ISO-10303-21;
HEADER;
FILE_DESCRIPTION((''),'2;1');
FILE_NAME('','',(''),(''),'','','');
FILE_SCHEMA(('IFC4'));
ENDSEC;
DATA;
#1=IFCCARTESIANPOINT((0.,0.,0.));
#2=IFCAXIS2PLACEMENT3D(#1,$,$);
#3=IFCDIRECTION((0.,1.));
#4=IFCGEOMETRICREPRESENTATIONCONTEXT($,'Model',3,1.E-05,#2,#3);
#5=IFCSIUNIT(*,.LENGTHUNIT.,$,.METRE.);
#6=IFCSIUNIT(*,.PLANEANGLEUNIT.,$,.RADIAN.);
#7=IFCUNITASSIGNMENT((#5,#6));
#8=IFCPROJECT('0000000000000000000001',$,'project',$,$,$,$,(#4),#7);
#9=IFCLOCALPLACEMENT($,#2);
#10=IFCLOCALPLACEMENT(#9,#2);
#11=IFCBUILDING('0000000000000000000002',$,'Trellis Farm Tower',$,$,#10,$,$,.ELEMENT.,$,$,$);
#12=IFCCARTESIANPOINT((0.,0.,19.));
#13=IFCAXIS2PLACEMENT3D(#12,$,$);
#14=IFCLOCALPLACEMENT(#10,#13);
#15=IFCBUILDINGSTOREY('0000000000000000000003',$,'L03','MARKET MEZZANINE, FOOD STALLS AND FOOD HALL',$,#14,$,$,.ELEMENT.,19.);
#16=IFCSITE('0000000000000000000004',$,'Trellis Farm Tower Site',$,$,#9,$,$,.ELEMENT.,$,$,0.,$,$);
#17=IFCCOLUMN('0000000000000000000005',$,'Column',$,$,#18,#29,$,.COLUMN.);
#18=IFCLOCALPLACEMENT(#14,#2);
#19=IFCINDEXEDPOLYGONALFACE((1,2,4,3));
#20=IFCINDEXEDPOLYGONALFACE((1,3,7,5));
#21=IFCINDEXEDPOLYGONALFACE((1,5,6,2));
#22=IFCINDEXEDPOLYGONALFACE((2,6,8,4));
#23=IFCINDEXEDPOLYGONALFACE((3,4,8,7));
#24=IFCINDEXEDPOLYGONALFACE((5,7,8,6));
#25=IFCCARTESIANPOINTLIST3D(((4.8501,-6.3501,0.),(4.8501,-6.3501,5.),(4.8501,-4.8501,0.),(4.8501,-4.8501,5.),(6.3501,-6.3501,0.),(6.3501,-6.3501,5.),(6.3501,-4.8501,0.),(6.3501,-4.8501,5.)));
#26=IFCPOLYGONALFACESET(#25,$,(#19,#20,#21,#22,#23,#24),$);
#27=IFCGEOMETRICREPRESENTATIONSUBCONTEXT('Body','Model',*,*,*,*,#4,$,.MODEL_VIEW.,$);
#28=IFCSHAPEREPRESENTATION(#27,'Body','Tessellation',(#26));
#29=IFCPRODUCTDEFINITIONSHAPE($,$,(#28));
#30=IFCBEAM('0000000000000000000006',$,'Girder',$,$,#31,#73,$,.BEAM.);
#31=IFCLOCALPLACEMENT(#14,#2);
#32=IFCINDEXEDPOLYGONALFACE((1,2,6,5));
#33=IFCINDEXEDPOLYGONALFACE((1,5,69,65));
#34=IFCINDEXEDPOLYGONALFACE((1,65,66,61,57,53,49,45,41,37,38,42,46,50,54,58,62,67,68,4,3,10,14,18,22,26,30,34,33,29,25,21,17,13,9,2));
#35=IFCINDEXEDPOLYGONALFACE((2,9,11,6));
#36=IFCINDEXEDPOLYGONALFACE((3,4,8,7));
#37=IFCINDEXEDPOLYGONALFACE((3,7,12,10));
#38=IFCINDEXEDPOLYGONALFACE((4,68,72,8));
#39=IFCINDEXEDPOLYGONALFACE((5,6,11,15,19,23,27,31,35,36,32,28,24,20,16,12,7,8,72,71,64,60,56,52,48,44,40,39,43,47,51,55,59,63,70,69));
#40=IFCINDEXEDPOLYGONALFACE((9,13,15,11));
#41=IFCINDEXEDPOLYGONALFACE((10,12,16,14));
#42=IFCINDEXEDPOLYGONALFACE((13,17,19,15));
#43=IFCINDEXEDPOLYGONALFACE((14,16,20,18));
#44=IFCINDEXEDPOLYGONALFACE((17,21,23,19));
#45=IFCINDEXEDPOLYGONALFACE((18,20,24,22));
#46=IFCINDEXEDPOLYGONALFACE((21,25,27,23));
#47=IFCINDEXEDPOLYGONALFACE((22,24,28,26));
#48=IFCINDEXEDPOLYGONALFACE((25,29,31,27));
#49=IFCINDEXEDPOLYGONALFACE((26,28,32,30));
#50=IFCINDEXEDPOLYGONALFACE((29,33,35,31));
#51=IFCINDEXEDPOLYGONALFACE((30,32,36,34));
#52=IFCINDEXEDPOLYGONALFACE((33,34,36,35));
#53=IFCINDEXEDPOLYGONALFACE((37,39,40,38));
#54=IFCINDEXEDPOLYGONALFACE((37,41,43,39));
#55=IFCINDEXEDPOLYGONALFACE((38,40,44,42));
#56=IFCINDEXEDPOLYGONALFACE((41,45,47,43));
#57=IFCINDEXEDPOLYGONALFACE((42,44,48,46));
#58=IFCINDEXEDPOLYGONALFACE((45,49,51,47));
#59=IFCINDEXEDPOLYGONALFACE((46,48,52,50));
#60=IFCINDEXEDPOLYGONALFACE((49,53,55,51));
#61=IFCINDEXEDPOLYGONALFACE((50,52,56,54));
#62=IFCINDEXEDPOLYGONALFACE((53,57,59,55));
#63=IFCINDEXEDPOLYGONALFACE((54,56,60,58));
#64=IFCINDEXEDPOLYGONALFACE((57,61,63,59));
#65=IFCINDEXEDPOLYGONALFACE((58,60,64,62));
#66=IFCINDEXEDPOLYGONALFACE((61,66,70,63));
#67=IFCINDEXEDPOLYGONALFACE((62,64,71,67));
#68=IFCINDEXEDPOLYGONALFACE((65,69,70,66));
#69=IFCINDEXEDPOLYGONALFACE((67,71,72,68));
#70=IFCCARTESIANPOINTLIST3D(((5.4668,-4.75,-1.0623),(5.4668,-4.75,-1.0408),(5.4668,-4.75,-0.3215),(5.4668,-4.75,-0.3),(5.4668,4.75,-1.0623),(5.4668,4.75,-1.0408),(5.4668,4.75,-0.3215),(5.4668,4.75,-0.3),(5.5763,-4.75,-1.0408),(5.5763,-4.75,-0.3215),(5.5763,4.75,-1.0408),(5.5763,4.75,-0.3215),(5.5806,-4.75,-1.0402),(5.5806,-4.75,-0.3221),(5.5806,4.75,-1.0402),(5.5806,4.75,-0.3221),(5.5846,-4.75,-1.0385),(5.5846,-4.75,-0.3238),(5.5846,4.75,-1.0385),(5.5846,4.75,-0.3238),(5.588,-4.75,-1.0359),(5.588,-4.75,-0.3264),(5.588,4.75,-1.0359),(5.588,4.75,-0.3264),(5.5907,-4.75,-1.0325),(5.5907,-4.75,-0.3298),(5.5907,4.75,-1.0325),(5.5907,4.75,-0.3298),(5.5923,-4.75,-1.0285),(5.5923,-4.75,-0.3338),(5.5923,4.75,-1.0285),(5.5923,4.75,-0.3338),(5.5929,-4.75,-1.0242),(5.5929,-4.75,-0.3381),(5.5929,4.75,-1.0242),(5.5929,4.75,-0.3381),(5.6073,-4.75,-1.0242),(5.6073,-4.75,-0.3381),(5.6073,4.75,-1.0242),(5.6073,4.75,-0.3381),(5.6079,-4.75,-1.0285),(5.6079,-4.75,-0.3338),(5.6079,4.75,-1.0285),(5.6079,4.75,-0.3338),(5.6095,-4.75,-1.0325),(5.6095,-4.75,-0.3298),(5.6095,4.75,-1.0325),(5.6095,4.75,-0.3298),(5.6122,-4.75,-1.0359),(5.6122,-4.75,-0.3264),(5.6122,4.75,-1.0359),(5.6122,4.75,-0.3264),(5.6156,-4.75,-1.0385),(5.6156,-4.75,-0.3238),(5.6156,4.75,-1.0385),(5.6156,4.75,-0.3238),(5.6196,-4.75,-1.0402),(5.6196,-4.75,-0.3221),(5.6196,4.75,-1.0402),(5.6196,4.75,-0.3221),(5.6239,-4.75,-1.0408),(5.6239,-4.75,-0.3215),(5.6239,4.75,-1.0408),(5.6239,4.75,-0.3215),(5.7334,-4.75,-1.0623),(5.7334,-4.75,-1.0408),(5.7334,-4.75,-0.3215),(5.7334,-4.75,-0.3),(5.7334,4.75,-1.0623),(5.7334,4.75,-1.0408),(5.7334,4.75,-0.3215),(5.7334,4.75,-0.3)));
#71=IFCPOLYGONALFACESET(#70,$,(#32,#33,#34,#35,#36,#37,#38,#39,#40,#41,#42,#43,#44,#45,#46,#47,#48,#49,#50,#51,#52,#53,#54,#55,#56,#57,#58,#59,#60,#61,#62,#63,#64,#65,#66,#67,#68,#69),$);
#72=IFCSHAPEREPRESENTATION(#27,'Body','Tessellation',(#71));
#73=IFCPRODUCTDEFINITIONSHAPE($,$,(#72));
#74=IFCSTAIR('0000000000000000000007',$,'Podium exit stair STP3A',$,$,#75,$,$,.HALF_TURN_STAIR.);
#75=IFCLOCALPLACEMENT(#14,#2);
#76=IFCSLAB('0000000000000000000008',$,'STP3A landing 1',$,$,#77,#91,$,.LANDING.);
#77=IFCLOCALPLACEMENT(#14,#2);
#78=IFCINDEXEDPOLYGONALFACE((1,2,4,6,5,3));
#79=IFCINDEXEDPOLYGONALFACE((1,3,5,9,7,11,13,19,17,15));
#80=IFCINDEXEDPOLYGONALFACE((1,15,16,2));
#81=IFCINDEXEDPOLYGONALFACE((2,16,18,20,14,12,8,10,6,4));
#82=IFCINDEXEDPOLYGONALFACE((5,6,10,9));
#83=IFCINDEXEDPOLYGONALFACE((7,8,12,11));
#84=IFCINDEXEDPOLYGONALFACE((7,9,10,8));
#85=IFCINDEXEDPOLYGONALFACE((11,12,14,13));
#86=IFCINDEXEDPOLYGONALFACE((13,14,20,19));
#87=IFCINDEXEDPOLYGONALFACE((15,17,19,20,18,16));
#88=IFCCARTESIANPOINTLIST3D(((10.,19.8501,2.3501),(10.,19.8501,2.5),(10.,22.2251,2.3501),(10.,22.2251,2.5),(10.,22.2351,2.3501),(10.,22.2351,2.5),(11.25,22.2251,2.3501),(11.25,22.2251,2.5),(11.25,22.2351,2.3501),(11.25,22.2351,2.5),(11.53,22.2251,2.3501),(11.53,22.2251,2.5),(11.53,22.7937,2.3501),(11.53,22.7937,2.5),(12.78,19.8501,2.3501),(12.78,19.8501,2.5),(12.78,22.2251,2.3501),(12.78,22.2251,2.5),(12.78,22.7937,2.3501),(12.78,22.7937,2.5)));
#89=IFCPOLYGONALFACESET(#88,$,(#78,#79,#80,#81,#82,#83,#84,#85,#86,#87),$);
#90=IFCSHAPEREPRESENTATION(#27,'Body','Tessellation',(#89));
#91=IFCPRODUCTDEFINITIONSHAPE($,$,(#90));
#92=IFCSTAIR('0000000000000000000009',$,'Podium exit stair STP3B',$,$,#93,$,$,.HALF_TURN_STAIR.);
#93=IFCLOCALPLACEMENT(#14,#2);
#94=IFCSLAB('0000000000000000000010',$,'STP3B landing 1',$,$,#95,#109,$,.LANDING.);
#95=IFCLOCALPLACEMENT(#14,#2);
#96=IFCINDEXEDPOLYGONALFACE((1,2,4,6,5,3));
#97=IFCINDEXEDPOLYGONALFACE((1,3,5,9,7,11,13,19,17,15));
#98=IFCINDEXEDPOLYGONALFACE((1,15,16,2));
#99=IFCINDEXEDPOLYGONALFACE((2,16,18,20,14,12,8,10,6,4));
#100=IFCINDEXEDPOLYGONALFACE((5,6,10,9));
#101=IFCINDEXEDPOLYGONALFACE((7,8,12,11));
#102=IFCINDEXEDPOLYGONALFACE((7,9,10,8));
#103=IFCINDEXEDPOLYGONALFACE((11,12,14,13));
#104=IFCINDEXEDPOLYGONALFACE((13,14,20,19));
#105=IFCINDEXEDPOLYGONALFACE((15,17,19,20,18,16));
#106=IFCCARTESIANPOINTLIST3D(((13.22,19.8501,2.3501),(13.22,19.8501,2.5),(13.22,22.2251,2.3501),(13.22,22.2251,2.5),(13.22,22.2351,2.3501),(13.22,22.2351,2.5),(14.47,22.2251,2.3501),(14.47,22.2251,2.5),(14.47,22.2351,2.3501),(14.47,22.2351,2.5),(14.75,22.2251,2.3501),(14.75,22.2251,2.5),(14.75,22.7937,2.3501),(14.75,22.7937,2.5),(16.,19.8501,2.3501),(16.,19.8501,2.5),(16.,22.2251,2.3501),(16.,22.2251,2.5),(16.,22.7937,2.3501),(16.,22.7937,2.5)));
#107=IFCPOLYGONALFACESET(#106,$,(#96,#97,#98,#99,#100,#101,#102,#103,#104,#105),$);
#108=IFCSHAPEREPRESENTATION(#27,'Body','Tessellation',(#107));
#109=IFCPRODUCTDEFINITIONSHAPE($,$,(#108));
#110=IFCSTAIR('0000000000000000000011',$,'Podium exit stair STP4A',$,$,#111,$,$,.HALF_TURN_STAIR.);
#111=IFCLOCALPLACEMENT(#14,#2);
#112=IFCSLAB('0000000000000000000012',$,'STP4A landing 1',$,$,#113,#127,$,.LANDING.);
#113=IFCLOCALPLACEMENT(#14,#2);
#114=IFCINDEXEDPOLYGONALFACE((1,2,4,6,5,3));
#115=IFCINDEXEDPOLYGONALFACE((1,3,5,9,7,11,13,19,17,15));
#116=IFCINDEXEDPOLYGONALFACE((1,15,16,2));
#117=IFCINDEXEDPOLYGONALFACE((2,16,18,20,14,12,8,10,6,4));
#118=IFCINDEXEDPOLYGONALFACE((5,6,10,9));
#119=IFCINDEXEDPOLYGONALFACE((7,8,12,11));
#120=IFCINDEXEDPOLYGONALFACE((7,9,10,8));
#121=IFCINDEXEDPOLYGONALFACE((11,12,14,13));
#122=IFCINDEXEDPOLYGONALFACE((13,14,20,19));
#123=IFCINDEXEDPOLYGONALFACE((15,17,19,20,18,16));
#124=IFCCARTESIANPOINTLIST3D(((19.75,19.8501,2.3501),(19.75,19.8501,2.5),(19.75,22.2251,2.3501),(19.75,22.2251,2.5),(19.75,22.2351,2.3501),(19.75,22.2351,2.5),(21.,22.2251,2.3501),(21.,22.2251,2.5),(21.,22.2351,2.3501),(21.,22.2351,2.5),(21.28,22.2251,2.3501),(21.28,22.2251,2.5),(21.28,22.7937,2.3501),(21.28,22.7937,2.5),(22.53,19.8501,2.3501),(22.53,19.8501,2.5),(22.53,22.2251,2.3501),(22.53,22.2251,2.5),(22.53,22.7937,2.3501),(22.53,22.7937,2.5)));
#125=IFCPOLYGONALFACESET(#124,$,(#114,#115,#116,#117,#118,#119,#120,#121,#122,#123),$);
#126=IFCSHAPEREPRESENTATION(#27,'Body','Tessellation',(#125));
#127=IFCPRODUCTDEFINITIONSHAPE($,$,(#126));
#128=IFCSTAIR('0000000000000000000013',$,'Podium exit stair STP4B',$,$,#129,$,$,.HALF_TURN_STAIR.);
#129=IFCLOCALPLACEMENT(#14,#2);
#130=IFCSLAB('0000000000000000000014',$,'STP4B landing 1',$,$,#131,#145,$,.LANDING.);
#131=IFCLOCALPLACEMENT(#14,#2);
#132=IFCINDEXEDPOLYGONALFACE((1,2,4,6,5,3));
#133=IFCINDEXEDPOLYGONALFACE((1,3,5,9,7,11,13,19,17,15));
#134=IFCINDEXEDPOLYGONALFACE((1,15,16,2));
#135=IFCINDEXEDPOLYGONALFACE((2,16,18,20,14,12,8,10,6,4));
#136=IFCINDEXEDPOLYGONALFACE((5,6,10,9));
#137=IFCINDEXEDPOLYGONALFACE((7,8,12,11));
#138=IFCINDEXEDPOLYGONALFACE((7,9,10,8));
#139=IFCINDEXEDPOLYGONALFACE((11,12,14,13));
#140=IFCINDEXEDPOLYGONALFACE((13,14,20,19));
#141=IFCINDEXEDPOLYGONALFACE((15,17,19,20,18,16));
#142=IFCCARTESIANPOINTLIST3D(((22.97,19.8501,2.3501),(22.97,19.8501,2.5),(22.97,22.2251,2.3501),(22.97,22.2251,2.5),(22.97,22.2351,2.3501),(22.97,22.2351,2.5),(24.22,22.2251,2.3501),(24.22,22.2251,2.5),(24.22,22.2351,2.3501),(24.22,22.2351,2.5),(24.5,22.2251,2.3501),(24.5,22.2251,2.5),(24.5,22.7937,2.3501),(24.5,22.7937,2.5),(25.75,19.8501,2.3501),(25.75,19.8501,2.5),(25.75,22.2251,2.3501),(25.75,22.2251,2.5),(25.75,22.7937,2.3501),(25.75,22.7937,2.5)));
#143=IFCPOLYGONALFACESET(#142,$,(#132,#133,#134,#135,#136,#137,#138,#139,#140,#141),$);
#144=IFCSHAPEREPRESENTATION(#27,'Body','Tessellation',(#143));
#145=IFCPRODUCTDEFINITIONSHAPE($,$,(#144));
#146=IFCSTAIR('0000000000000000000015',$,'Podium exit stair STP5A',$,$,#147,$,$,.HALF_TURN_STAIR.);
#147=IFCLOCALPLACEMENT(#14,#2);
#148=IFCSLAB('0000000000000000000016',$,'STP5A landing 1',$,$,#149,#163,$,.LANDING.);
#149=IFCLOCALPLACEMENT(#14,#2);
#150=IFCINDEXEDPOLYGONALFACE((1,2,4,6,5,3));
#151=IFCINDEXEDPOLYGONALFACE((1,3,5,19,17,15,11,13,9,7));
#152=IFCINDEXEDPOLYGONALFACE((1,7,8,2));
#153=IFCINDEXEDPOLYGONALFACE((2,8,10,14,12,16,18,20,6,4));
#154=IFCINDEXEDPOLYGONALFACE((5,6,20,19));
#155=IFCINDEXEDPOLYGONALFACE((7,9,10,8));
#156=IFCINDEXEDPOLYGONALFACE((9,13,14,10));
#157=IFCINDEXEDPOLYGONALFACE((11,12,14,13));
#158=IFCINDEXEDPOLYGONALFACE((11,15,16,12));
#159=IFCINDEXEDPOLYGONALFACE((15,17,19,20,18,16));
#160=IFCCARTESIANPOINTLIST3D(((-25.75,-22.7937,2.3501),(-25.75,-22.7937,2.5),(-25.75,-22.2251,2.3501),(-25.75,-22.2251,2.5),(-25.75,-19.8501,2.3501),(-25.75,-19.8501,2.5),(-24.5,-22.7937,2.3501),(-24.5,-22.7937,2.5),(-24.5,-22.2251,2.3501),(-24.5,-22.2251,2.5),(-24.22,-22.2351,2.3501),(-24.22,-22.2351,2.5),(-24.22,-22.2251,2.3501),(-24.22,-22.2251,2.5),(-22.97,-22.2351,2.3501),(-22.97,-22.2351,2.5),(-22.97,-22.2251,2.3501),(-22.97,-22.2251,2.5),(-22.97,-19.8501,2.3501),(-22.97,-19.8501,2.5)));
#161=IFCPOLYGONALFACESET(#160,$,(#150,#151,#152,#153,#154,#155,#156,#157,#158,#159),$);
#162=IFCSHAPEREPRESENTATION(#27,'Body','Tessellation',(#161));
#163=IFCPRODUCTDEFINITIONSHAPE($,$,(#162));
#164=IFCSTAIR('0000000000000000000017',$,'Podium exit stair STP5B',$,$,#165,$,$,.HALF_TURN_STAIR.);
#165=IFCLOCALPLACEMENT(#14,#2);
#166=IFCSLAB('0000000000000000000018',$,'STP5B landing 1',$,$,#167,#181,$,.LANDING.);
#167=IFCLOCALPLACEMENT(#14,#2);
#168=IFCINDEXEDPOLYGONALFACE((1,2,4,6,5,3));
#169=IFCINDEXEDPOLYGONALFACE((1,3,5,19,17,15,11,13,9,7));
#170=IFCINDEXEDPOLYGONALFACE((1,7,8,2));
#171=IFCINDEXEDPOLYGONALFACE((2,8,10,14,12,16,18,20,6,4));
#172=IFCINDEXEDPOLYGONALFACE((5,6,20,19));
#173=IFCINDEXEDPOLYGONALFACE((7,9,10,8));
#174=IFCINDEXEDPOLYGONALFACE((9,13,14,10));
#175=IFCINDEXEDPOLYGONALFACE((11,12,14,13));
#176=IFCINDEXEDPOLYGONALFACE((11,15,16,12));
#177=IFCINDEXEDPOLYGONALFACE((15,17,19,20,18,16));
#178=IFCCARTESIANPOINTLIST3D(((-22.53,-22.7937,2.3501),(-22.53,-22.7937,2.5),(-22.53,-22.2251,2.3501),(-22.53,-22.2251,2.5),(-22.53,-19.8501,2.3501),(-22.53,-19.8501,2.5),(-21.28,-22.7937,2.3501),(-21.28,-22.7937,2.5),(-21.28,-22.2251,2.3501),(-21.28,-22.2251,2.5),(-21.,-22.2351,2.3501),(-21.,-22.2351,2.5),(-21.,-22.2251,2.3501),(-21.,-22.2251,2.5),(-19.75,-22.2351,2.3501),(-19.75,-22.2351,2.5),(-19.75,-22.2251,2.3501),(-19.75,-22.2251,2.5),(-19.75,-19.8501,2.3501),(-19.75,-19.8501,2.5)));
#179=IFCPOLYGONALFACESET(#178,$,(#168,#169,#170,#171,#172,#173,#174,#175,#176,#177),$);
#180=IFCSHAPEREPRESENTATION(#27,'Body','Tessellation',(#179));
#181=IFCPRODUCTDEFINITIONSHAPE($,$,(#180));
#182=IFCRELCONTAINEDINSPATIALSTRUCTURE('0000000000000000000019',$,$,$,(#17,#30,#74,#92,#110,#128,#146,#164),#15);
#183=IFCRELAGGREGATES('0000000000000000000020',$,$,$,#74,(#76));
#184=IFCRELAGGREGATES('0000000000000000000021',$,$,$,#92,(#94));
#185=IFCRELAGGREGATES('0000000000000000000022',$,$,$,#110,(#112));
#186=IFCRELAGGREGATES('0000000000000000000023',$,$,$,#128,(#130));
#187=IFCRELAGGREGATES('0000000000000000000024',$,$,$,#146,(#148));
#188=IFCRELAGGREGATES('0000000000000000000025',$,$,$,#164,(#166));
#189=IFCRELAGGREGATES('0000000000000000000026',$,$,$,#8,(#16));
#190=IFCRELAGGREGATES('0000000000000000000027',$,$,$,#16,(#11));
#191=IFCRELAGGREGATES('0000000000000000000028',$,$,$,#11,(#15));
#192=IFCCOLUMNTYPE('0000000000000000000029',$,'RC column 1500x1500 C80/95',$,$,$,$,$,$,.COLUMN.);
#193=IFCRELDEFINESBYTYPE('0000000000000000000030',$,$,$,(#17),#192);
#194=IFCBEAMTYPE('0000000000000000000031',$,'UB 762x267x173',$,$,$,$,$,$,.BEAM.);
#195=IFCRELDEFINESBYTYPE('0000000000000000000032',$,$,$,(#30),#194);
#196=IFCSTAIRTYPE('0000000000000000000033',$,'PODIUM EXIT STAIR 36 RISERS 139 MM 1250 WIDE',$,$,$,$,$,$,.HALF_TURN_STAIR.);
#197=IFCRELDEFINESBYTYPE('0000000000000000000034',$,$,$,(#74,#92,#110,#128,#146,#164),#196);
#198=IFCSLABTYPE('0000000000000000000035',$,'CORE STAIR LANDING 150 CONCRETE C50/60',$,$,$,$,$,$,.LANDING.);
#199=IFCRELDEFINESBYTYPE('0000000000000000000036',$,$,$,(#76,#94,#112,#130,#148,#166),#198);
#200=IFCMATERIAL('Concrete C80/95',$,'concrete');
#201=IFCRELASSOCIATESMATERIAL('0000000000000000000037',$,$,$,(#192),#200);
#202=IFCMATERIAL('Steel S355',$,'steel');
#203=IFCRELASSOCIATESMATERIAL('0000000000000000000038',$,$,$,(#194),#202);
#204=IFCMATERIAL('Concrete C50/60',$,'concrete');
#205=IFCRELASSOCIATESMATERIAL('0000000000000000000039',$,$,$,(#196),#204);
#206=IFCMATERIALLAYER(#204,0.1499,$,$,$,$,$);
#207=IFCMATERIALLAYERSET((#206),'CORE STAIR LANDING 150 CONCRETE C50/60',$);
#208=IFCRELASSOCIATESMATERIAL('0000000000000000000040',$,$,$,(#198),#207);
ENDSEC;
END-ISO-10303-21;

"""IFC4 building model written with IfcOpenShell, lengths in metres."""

from ifc_helpers import new_model, si_unit, direction, frame, origin, origin_2d, place, context, subcontext, project, spatial, polyline, rectangle, i_section, outline, extrude, source, transform, mapped, material, layer, layer_set, material_profile, profile_set, type_object, element, aggregate, save


model = new_model("IFC4")

# Units and contexts
model_context = context("Model", 3, precision=1e-05, world=origin(), true_north=direction((0.0, 1.0)))
body_context = subcontext(model_context, "Body", "Model", "MODEL_VIEW")
ifc_project = project(units=[si_unit("LENGTHUNIT", "METRE"), si_unit("PLANEANGLEUNIT", "RADIAN")], contexts=[model_context])

# Site, building, storey
site_placement = place(None, origin())
site = spatial("IfcSite", under=ifc_project, at=site_placement, Name="Trellis Farm Tower Site", CompositionType="ELEMENT", RefElevation=0.0)
building_placement = place(site_placement, origin())
building = spatial("IfcBuilding", under=site, at=building_placement, Name="Trellis Farm Tower", CompositionType="ELEMENT")
storey_placement = place(building_placement, frame((0.0, 0.0, 19.0)))
storey = spatial("IfcBuildingStorey", under=building, at=storey_placement, Name="L03", Description="MARKET MEZZANINE, FOOD STALLS AND FOOD HALL", CompositionType="ELEMENT", Elevation=19.0)

# Column
ifc_material_1 = material(Name="Concrete C80/95", Category="concrete")
ifc_material_profile_1 = material_profile(ifc_material_1, rectangle(XDim=1.5, YDim=1.5, at=origin_2d()), Name="RC column 1500x1500 C80/95")
ifc_profile_set_1 = profile_set([ifc_material_profile_1], Name="Concrete C80/95")
column_type = type_object("IfcColumnType", Name="RC column 1500x1500 C80/95", PredefinedType="COLUMN", material=ifc_profile_set_1)
shared_shape_1 = source(origin(), body_context, "Body", "SweptSolid", [
    extrude(rectangle(XDim=1.5, YDim=1.5, at=origin_2d()), origin(), (0.0, 0.0, 1.0), 5.0),
])
column_placement = place(storey_placement, frame((5.6001, -5.6001, 0.0), z_axis=(0.0, 0.0, 1.0), x_axis=(1.0, 0.0, 0.0)))
element("IfcColumn", 1, at=column_placement, inside=storey, type_object=column_type, Name="Column", PredefinedType="COLUMN", context=body_context, shape_type="MappedRepresentation", body=[
    mapped(shared_shape_1, transform((0.0, 0.0, 0.0))),
])

# Beam
ifc_material_2 = material(Name="Steel S355", Category="steel")
ifc_material_profile_2 = material_profile(ifc_material_2, i_section(OverallWidth=0.2666, OverallDepth=0.7622, WebThickness=0.0144, FlangeThickness=0.0215, FilletRadius=0.0166, at=origin_2d()), Name="UB 762x267x173")
ifc_profile_set_2 = profile_set([ifc_material_profile_2], Name="Steel S355")
beam_type = type_object("IfcBeamType", Name="UB 762x267x173", PredefinedType="BEAM", material=ifc_profile_set_2)
shared_shape_2 = source(origin(), body_context, "Body", "SweptSolid", [
    extrude(i_section(OverallWidth=0.2666, OverallDepth=0.7622, WebThickness=0.0144, FlangeThickness=0.0215, FilletRadius=0.0166, at=origin_2d()), origin(), (0.0, 0.0, 1.0), 9.5),
])
beam_placement = place(storey_placement, frame((5.6001, -4.75, -0.6812), z_axis=(0.0, 1.0, 0.0), x_axis=(-1.0, 0.0, 0.0)))
element("IfcBeam", 2, at=beam_placement, inside=storey, type_object=beam_type, Name="Girder", PredefinedType="BEAM", context=body_context, shape_type="MappedRepresentation", body=[
    mapped(shared_shape_2, transform((0.0, 0.0, 0.0))),
])

# Stairs, slabs
ifc_material_3 = material(Name="Concrete C50/60", Category="concrete")
stair_type = type_object("IfcStairType", Name="PODIUM EXIT STAIR 36 RISERS 139 MM 1250 WIDE", PredefinedType="HALF_TURN_STAIR", material=ifc_material_3)
placement_1 = place(storey_placement, origin())
stair_1 = element("IfcStair", 3, at=placement_1, inside=storey, type_object=stair_type, Name="Podium exit stair STP3A", PredefinedType="HALF_TURN_STAIR")
ifc_layer_1 = layer(ifc_material_3, 0.1499)
ifc_layer_set_1 = layer_set([ifc_layer_1], Name="CORE STAIR LANDING 150 CONCRETE C50/60")
slab_type = type_object("IfcSlabType", Name="CORE STAIR LANDING 150 CONCRETE C50/60", PredefinedType="LANDING", material=ifc_layer_set_1)
shared_shape_3 = source(origin(), body_context, "Body", "SweptSolid", [
    extrude(outline(polyline([(12.78, 19.8501), (10.0, 19.8501), (10.0, 22.2251), (10.0, 22.2351), (11.25, 22.2351), (11.25, 22.2251), (11.53, 22.2251), (11.53, 22.7937), (12.78, 22.7937), (12.78, 22.2251), (12.78, 19.8501)])), origin(), (0.0, 0.0, 1.0), 0.1499),
])
placement_2 = place(storey_placement, frame((0.0, 0.0, 2.3501)))
slab_1 = element("IfcSlab", 4, at=placement_2, type_object=slab_type, Name="STP3A landing 1", PredefinedType="LANDING", context=body_context, shape_type="MappedRepresentation", body=[
    mapped(shared_shape_3, transform((0.0, 0.0, 0.0))),
])
aggregate(stair_1, [slab_1])
stair_2 = element("IfcStair", 5, at=placement_1, inside=storey, type_object=stair_type, Name="Podium exit stair STP3B", PredefinedType="HALF_TURN_STAIR")
shared_shape_4 = source(origin(), body_context, "Body", "SweptSolid", [
    extrude(outline(polyline([(16.0, 19.8501), (13.22, 19.8501), (13.22, 22.2251), (13.22, 22.2351), (14.47, 22.2351), (14.47, 22.2251), (14.75, 22.2251), (14.75, 22.7937), (16.0, 22.7937), (16.0, 22.2251), (16.0, 19.8501)])), origin(), (0.0, 0.0, 1.0), 0.1499),
])
slab_2 = element("IfcSlab", 6, at=placement_2, type_object=slab_type, Name="STP3B landing 1", PredefinedType="LANDING", context=body_context, shape_type="MappedRepresentation", body=[
    mapped(shared_shape_4, transform((0.0, 0.0, 0.0))),
])
aggregate(stair_2, [slab_2])
stair_3 = element("IfcStair", 7, at=placement_1, inside=storey, type_object=stair_type, Name="Podium exit stair STP4A", PredefinedType="HALF_TURN_STAIR")
shared_shape_5 = source(origin(), body_context, "Body", "SweptSolid", [
    extrude(outline(polyline([(22.53, 19.8501), (19.75, 19.8501), (19.75, 22.2251), (19.75, 22.2351), (21.0, 22.2351), (21.0, 22.2251), (21.28, 22.2251), (21.28, 22.7937), (22.53, 22.7937), (22.53, 22.2251), (22.53, 19.8501)])), origin(), (0.0, 0.0, 1.0), 0.1499),
])
slab_3 = element("IfcSlab", 8, at=placement_2, type_object=slab_type, Name="STP4A landing 1", PredefinedType="LANDING", context=body_context, shape_type="MappedRepresentation", body=[
    mapped(shared_shape_5, transform((0.0, 0.0, 0.0))),
])
aggregate(stair_3, [slab_3])
stair_4 = element("IfcStair", 9, at=placement_1, inside=storey, type_object=stair_type, Name="Podium exit stair STP4B", PredefinedType="HALF_TURN_STAIR")
shared_shape_6 = source(origin(), body_context, "Body", "SweptSolid", [
    extrude(outline(polyline([(25.75, 19.8501), (22.97, 19.8501), (22.97, 22.2251), (22.97, 22.2351), (24.22, 22.2351), (24.22, 22.2251), (24.5, 22.2251), (24.5, 22.7937), (25.75, 22.7937), (25.75, 22.2251), (25.75, 19.8501)])), origin(), (0.0, 0.0, 1.0), 0.1499),
])
slab_4 = element("IfcSlab", 10, at=placement_2, type_object=slab_type, Name="STP4B landing 1", PredefinedType="LANDING", context=body_context, shape_type="MappedRepresentation", body=[
    mapped(shared_shape_6, transform((0.0, 0.0, 0.0))),
])
aggregate(stair_4, [slab_4])
stair_5 = element("IfcStair", 11, at=placement_1, inside=storey, type_object=stair_type, Name="Podium exit stair STP5A", PredefinedType="HALF_TURN_STAIR")
shared_shape_7 = source(origin(), body_context, "Body", "SweptSolid", [
    extrude(outline(polyline([(-24.5, -22.7937), (-25.75, -22.7937), (-25.75, -22.2251), (-25.75, -19.8501), (-22.97, -19.8501), (-22.97, -22.2251), (-22.97, -22.2351), (-24.22, -22.2351), (-24.22, -22.2251), (-24.5, -22.2251), (-24.5, -22.7937)])), origin(), (0.0, 0.0, 1.0), 0.1499),
])
slab_5 = element("IfcSlab", 12, at=placement_2, type_object=slab_type, Name="STP5A landing 1", PredefinedType="LANDING", context=body_context, shape_type="MappedRepresentation", body=[
    mapped(shared_shape_7, transform((0.0, 0.0, 0.0))),
])
aggregate(stair_5, [slab_5])
stair_6 = element("IfcStair", 13, at=placement_1, inside=storey, type_object=stair_type, Name="Podium exit stair STP5B", PredefinedType="HALF_TURN_STAIR")
shared_shape_8 = source(origin(), body_context, "Body", "SweptSolid", [
    extrude(outline(polyline([(-21.28, -22.7937), (-22.53, -22.7937), (-22.53, -22.2251), (-22.53, -19.8501), (-19.75, -19.8501), (-19.75, -22.2251), (-19.75, -22.2351), (-21.0, -22.2351), (-21.0, -22.2251), (-21.28, -22.2251), (-21.28, -22.7937)])), origin(), (0.0, 0.0, 1.0), 0.1499),
])
slab_6 = element("IfcSlab", 14, at=placement_2, type_object=slab_type, Name="STP5B landing 1", PredefinedType="LANDING", context=body_context, shape_type="MappedRepresentation", body=[
    mapped(shared_shape_8, transform((0.0, 0.0, 0.0))),
])
aggregate(stair_6, [slab_6])

save(model, "model.ifc")
